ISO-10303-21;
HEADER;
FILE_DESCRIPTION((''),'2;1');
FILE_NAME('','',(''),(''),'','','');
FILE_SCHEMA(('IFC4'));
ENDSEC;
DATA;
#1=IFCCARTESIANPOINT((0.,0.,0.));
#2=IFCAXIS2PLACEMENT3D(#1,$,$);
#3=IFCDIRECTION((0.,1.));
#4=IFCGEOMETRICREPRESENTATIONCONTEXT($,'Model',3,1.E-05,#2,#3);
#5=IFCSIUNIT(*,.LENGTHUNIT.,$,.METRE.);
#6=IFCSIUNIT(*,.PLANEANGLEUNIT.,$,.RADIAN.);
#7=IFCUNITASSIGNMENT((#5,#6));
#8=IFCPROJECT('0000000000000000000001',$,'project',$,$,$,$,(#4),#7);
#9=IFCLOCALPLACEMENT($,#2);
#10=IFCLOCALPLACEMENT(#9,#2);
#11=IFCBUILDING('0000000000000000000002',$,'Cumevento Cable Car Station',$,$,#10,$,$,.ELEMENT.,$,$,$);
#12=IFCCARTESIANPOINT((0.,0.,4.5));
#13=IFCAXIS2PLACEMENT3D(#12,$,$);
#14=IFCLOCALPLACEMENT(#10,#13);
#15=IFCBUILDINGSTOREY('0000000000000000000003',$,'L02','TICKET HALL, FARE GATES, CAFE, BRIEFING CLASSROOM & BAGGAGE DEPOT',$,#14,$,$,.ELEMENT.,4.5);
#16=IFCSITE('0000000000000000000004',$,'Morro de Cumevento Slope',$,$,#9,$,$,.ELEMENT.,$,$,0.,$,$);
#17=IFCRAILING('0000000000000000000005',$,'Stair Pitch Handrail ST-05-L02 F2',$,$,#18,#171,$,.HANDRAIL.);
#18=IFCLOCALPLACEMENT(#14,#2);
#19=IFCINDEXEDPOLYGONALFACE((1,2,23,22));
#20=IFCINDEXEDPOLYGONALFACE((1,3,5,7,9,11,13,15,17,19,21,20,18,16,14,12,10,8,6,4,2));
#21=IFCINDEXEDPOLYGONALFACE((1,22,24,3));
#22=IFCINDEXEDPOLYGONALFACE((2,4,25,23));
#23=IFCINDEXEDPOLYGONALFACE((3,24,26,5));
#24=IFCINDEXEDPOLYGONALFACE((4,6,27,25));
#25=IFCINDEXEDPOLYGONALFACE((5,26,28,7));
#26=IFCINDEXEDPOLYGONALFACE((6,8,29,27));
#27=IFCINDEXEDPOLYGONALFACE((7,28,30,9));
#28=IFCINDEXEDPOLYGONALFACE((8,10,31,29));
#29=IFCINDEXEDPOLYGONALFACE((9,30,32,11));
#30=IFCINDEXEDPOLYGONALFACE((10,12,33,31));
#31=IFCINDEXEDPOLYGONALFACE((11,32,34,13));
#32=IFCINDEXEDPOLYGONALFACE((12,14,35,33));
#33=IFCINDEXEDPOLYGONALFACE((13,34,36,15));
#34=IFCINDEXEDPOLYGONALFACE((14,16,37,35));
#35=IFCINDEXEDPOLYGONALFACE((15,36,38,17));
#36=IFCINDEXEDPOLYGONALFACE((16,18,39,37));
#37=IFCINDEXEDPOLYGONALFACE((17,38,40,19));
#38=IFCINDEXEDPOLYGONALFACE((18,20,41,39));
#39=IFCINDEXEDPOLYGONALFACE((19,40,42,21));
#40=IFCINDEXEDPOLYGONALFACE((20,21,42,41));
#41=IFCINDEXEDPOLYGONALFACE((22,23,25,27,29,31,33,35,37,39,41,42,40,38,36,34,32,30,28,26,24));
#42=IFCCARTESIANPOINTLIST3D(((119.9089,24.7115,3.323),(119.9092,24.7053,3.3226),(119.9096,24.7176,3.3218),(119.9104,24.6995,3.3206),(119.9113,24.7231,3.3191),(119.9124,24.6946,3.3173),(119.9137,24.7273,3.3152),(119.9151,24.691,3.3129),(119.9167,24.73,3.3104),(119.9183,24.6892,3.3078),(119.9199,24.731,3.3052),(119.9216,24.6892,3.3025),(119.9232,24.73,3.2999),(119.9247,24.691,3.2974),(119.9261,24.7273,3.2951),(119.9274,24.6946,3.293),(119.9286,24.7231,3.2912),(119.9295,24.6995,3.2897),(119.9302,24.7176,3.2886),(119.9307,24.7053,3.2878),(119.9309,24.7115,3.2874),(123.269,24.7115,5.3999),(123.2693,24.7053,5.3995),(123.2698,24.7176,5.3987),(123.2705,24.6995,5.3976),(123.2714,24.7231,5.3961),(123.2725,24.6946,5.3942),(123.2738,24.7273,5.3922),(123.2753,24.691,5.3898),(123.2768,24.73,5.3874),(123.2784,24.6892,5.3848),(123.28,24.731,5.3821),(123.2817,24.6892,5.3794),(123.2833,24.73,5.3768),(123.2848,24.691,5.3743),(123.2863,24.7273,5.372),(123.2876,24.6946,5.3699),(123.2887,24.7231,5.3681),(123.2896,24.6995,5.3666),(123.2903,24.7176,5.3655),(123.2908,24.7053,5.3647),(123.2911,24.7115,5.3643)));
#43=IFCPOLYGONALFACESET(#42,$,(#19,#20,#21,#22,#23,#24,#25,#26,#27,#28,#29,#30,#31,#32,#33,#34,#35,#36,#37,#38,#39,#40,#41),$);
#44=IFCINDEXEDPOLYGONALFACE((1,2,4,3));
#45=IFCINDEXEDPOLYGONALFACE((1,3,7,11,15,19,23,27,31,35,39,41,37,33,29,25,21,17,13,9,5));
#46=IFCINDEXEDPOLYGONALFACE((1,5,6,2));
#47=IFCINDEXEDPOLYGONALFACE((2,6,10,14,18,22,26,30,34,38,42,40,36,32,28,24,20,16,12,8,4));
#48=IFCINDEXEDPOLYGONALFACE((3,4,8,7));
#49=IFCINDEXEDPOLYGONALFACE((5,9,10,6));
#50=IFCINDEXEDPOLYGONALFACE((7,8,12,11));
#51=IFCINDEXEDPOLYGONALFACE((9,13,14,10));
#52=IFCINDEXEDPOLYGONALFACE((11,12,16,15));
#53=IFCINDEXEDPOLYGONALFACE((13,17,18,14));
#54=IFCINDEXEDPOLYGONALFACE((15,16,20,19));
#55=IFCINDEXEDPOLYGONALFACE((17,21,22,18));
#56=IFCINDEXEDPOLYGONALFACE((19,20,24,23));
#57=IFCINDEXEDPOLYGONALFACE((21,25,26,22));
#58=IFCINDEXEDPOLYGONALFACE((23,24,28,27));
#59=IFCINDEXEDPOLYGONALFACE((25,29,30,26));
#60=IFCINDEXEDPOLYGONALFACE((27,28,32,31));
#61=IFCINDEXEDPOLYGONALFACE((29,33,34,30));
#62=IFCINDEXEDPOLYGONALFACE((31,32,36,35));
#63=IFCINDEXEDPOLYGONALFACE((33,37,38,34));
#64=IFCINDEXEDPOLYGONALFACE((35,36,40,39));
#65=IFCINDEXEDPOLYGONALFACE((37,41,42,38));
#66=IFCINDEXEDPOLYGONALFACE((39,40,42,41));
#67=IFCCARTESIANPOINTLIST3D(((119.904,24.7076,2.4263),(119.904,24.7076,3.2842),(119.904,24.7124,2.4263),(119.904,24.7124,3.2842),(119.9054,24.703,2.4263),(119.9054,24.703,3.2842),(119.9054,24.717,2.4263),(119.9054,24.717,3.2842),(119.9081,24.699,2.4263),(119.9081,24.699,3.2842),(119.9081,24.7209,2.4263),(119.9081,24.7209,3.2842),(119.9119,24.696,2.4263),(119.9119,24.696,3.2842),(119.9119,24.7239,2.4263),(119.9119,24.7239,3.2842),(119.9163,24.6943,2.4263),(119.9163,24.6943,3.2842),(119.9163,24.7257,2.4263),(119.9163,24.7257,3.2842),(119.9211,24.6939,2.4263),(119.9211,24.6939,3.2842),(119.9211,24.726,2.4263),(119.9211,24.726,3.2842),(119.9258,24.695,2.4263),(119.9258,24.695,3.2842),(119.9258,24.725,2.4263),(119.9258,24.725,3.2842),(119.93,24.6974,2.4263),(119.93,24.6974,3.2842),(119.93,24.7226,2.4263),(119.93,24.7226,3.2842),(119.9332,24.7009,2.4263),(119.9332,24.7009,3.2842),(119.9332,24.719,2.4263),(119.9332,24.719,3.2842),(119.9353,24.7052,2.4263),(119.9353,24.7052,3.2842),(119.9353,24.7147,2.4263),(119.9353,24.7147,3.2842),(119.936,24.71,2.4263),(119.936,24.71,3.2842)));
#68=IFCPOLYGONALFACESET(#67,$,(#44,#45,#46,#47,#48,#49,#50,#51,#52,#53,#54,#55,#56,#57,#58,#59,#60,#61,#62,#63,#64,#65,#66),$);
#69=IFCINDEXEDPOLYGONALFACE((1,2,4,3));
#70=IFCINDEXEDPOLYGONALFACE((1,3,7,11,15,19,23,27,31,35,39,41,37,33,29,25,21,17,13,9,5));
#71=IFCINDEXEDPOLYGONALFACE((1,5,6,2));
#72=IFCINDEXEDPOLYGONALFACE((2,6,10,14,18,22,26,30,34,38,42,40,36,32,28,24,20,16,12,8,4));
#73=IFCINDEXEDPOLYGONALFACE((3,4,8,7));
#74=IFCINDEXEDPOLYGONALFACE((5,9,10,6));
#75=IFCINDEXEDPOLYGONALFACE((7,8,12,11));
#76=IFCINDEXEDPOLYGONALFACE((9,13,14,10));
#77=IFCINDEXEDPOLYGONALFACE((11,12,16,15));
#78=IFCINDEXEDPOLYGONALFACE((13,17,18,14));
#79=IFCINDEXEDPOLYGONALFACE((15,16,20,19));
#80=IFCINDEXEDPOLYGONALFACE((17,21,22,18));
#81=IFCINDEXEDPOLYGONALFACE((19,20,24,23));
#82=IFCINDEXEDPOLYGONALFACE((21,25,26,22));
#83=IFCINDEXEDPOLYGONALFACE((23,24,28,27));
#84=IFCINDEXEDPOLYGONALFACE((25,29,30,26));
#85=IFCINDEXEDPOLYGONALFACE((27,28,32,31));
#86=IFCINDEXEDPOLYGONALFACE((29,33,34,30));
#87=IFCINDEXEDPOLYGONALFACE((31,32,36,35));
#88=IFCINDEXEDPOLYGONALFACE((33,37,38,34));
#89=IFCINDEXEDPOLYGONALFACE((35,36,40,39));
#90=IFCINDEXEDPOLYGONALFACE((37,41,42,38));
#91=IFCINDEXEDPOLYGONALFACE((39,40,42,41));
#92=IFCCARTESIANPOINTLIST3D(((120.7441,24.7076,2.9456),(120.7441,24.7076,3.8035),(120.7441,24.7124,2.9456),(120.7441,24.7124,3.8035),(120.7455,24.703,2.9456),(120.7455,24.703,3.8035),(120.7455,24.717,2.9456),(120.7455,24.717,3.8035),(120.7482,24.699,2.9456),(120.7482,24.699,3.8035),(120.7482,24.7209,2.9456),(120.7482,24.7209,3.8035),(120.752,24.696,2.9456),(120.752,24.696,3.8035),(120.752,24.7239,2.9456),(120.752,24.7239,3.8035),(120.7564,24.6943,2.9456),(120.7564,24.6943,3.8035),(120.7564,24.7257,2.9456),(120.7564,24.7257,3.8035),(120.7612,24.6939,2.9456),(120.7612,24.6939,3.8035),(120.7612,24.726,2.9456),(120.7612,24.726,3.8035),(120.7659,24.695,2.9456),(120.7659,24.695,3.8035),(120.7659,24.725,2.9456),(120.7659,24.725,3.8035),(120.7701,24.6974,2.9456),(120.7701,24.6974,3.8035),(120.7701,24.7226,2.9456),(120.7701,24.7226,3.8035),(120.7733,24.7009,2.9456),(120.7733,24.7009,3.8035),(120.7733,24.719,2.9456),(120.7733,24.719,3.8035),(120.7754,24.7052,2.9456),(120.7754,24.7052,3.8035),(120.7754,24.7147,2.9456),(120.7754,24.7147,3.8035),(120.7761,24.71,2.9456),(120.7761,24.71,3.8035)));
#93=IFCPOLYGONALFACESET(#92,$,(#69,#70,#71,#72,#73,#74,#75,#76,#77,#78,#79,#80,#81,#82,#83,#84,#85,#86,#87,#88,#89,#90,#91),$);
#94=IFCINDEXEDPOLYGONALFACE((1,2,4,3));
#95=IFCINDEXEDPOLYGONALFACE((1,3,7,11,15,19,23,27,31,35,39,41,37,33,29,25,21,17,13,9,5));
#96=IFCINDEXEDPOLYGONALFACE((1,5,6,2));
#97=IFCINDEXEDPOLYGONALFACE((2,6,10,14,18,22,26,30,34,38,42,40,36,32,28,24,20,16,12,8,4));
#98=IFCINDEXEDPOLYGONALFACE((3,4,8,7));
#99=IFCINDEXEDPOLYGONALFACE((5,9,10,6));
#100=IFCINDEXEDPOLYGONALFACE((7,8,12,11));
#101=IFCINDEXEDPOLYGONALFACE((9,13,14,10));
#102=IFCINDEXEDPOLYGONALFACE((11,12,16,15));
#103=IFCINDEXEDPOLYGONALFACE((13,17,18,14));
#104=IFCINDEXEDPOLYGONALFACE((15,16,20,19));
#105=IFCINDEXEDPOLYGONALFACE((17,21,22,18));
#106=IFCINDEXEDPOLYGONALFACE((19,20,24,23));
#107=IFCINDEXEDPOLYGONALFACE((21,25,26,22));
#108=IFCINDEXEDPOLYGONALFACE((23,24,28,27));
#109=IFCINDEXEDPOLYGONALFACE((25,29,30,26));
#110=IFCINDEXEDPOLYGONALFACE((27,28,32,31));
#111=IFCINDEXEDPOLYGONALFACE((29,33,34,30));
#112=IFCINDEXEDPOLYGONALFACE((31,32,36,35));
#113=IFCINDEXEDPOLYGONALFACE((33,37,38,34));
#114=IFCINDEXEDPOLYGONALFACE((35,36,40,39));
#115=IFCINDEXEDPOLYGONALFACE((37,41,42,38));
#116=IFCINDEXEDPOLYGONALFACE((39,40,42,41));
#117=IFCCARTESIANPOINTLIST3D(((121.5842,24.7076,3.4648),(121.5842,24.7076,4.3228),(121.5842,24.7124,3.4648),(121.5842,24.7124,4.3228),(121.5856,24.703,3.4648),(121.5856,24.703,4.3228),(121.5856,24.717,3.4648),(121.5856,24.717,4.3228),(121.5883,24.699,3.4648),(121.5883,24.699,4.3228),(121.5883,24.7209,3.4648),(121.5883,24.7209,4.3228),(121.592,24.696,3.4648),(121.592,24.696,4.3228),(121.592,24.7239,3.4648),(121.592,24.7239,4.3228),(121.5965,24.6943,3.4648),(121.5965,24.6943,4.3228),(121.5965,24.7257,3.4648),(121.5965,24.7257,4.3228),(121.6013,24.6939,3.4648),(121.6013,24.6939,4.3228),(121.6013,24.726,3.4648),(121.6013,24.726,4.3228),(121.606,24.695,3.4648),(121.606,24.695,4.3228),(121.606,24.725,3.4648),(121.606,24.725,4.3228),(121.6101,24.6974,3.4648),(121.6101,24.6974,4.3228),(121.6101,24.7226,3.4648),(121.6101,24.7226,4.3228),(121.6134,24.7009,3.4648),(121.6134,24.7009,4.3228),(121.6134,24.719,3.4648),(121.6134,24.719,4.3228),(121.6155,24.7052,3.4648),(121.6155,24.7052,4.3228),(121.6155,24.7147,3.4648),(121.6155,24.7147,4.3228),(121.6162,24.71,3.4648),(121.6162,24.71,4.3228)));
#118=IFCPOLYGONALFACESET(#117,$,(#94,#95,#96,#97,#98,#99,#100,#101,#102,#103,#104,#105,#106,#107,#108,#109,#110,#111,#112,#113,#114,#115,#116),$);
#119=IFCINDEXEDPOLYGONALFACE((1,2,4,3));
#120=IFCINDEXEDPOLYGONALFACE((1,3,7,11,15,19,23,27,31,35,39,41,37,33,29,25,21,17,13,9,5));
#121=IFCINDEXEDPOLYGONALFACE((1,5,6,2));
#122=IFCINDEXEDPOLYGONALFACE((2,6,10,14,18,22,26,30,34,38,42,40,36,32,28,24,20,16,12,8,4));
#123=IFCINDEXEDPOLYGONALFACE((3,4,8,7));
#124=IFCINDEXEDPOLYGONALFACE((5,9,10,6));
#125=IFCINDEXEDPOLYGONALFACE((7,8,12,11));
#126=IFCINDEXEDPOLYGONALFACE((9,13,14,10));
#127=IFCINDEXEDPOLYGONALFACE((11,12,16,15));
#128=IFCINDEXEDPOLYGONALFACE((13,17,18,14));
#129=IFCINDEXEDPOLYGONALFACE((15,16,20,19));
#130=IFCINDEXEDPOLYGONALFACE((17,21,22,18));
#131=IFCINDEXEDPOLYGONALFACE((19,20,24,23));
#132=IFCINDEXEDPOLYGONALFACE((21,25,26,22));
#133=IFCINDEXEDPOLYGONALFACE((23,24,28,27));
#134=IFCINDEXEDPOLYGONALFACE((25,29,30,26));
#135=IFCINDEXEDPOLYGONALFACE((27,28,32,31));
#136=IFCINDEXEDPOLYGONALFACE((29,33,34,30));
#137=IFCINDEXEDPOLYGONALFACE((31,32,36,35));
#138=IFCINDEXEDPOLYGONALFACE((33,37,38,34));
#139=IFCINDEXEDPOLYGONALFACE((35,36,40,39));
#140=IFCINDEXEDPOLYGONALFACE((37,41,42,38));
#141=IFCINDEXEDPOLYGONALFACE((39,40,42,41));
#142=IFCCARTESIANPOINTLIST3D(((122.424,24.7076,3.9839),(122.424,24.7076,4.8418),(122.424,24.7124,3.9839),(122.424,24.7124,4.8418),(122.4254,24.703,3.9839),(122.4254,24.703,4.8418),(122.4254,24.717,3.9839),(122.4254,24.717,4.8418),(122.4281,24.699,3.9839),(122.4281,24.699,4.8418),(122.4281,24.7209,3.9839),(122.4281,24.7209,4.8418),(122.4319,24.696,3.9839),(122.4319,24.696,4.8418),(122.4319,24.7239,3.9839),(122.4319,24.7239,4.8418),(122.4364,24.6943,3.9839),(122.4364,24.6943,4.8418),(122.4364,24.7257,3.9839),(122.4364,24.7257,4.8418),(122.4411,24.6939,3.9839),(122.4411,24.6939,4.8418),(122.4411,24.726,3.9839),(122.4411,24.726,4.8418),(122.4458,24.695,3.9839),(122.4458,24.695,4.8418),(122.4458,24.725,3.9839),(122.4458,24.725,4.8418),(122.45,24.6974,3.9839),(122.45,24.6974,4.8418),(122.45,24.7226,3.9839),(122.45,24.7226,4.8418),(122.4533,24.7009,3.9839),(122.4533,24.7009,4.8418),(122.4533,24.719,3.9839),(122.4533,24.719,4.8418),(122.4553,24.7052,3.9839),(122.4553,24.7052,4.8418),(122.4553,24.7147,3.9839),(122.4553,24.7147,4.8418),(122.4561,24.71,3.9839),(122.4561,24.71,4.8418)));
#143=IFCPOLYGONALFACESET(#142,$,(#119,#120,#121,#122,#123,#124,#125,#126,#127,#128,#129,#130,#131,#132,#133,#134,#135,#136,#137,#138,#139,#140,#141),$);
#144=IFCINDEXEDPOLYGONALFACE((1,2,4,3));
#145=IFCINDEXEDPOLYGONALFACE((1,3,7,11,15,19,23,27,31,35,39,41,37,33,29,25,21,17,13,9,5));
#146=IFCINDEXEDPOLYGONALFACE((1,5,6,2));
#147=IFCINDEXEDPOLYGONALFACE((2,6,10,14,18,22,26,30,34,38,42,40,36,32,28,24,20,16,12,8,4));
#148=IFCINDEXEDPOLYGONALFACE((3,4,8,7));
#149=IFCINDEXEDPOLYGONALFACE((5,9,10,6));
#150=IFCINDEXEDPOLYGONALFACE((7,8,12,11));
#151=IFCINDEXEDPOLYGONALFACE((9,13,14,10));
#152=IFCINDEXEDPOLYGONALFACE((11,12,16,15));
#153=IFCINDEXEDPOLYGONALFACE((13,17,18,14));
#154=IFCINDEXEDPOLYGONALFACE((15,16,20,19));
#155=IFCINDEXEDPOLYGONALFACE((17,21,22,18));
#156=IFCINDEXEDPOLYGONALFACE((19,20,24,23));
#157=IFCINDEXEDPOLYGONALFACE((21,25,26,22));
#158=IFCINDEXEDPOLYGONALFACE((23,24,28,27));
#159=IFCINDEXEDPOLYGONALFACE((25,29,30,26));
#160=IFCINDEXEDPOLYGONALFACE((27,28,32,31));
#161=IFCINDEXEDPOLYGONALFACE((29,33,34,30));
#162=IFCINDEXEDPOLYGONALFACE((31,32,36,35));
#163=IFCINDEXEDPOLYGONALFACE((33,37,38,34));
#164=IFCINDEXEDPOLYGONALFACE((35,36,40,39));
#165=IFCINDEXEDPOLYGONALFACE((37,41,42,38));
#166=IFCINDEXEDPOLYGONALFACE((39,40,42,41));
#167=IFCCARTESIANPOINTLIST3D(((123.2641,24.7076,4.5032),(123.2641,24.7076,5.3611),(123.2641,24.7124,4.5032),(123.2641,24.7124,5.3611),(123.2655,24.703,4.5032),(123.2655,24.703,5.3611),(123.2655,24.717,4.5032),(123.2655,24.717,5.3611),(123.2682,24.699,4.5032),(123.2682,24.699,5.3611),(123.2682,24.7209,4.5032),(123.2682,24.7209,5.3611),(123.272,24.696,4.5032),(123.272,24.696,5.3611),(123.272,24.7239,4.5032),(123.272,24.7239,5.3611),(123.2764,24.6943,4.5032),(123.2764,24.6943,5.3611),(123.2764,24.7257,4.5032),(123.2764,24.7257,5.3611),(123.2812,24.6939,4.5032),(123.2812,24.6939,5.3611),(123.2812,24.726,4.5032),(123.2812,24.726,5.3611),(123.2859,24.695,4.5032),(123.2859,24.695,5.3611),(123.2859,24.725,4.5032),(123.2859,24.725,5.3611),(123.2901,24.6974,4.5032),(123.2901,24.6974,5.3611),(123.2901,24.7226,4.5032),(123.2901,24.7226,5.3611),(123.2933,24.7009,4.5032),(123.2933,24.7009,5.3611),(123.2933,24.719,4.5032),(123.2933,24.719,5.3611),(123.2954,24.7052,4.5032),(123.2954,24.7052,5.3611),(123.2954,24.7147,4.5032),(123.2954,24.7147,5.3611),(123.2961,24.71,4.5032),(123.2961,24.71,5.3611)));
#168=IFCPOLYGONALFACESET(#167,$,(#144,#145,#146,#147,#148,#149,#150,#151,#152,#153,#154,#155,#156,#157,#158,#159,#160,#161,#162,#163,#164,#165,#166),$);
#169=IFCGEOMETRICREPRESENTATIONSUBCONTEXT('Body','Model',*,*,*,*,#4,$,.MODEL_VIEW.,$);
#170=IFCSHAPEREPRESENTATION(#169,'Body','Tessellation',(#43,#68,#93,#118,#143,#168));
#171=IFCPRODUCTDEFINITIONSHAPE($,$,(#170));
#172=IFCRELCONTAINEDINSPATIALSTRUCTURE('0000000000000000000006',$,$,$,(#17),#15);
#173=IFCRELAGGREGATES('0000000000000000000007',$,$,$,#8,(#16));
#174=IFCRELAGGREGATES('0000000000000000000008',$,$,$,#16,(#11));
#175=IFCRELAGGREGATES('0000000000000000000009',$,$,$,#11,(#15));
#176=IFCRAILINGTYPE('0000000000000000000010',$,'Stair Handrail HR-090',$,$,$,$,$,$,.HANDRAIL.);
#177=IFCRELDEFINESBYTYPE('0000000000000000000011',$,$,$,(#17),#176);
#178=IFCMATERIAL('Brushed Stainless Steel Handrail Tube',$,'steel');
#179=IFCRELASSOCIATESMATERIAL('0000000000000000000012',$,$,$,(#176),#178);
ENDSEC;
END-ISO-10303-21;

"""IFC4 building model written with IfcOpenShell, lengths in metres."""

from ifc_helpers import new_model, si_unit, direction, frame, origin, origin_2d, place, context, subcontext, project, spatial, circle, extrude, material, type_object, element, save


model = new_model("IFC4")

# Units and contexts
model_context = context("Model", 3, precision=1e-05, world=origin(), true_north=direction((0.0, 1.0)))
body_context = subcontext(model_context, "Body", "Model", "MODEL_VIEW")
ifc_project = project(units=[si_unit("LENGTHUNIT", "METRE"), si_unit("PLANEANGLEUNIT", "RADIAN")], contexts=[model_context])

# Site, building, storey
site_placement = place(None, origin())
site = spatial("IfcSite", under=ifc_project, at=site_placement, Name="Morro de Cumevento Slope", CompositionType="ELEMENT", RefElevation=0.0)
building_placement = place(site_placement, origin())
building = spatial("IfcBuilding", under=site, at=building_placement, Name="Cumevento Cable Car Station", CompositionType="ELEMENT")
storey_placement = place(building_placement, frame((0.0, 0.0, 4.5)))
storey = spatial("IfcBuildingStorey", under=building, at=storey_placement, Name="L02", Description="TICKET HALL, FARE GATES, CAFE, BRIEFING CLASSROOM & BAGGAGE DEPOT", CompositionType="ELEMENT", Elevation=4.5)

# Railing
ifc_material_1 = material(Name="Brushed Stainless Steel Handrail Tube", Category="steel")
railing_type_1 = type_object("IfcRailingType", Name="Stair Handrail HR-090", PredefinedType="HANDRAIL", material=ifc_material_1)
railing_1_placement = place(storey_placement, frame((119.9199, 24.71, 2.4263)))
element("IfcRailing", 1, at=railing_1_placement, inside=storey, type_object=railing_type_1, Name="Stair Pitch Handrail ST-05-L02 F2", PredefinedType="HANDRAIL", context=body_context, shape_type="SweptSolid", body=[
    extrude(circle(Radius=0.021, at=origin_2d()), frame((0.0, 0.0, 0.8789), z_axis=(0.850623, 0.0, 0.525776), x_axis=(0.0, 1.0, 0.0)), (0.0, 0.0, 1.0), 3.9502),
    extrude(circle(Radius=0.0161, at=origin_2d()), origin(), (0.0, 0.0, 1.0), 0.8579),
    extrude(circle(Radius=0.0161, at=origin_2d()), frame((0.8401, 0.0, 0.5193)), (0.0, 0.0, 1.0), 0.8579),
    extrude(circle(Radius=0.0161, at=origin_2d()), frame((1.6802, 0.0, 1.0386)), (0.0, 0.0, 1.0), 0.8579),
    extrude(circle(Radius=0.0161, at=origin_2d()), frame((2.52, 0.0, 1.5576)), (0.0, 0.0, 1.0), 0.8579),
    extrude(circle(Radius=0.0161, at=origin_2d()), frame((3.3601, 0.0, 2.0769)), (0.0, 0.0, 1.0), 0.8579),
])

save(model, "model.ifc")
